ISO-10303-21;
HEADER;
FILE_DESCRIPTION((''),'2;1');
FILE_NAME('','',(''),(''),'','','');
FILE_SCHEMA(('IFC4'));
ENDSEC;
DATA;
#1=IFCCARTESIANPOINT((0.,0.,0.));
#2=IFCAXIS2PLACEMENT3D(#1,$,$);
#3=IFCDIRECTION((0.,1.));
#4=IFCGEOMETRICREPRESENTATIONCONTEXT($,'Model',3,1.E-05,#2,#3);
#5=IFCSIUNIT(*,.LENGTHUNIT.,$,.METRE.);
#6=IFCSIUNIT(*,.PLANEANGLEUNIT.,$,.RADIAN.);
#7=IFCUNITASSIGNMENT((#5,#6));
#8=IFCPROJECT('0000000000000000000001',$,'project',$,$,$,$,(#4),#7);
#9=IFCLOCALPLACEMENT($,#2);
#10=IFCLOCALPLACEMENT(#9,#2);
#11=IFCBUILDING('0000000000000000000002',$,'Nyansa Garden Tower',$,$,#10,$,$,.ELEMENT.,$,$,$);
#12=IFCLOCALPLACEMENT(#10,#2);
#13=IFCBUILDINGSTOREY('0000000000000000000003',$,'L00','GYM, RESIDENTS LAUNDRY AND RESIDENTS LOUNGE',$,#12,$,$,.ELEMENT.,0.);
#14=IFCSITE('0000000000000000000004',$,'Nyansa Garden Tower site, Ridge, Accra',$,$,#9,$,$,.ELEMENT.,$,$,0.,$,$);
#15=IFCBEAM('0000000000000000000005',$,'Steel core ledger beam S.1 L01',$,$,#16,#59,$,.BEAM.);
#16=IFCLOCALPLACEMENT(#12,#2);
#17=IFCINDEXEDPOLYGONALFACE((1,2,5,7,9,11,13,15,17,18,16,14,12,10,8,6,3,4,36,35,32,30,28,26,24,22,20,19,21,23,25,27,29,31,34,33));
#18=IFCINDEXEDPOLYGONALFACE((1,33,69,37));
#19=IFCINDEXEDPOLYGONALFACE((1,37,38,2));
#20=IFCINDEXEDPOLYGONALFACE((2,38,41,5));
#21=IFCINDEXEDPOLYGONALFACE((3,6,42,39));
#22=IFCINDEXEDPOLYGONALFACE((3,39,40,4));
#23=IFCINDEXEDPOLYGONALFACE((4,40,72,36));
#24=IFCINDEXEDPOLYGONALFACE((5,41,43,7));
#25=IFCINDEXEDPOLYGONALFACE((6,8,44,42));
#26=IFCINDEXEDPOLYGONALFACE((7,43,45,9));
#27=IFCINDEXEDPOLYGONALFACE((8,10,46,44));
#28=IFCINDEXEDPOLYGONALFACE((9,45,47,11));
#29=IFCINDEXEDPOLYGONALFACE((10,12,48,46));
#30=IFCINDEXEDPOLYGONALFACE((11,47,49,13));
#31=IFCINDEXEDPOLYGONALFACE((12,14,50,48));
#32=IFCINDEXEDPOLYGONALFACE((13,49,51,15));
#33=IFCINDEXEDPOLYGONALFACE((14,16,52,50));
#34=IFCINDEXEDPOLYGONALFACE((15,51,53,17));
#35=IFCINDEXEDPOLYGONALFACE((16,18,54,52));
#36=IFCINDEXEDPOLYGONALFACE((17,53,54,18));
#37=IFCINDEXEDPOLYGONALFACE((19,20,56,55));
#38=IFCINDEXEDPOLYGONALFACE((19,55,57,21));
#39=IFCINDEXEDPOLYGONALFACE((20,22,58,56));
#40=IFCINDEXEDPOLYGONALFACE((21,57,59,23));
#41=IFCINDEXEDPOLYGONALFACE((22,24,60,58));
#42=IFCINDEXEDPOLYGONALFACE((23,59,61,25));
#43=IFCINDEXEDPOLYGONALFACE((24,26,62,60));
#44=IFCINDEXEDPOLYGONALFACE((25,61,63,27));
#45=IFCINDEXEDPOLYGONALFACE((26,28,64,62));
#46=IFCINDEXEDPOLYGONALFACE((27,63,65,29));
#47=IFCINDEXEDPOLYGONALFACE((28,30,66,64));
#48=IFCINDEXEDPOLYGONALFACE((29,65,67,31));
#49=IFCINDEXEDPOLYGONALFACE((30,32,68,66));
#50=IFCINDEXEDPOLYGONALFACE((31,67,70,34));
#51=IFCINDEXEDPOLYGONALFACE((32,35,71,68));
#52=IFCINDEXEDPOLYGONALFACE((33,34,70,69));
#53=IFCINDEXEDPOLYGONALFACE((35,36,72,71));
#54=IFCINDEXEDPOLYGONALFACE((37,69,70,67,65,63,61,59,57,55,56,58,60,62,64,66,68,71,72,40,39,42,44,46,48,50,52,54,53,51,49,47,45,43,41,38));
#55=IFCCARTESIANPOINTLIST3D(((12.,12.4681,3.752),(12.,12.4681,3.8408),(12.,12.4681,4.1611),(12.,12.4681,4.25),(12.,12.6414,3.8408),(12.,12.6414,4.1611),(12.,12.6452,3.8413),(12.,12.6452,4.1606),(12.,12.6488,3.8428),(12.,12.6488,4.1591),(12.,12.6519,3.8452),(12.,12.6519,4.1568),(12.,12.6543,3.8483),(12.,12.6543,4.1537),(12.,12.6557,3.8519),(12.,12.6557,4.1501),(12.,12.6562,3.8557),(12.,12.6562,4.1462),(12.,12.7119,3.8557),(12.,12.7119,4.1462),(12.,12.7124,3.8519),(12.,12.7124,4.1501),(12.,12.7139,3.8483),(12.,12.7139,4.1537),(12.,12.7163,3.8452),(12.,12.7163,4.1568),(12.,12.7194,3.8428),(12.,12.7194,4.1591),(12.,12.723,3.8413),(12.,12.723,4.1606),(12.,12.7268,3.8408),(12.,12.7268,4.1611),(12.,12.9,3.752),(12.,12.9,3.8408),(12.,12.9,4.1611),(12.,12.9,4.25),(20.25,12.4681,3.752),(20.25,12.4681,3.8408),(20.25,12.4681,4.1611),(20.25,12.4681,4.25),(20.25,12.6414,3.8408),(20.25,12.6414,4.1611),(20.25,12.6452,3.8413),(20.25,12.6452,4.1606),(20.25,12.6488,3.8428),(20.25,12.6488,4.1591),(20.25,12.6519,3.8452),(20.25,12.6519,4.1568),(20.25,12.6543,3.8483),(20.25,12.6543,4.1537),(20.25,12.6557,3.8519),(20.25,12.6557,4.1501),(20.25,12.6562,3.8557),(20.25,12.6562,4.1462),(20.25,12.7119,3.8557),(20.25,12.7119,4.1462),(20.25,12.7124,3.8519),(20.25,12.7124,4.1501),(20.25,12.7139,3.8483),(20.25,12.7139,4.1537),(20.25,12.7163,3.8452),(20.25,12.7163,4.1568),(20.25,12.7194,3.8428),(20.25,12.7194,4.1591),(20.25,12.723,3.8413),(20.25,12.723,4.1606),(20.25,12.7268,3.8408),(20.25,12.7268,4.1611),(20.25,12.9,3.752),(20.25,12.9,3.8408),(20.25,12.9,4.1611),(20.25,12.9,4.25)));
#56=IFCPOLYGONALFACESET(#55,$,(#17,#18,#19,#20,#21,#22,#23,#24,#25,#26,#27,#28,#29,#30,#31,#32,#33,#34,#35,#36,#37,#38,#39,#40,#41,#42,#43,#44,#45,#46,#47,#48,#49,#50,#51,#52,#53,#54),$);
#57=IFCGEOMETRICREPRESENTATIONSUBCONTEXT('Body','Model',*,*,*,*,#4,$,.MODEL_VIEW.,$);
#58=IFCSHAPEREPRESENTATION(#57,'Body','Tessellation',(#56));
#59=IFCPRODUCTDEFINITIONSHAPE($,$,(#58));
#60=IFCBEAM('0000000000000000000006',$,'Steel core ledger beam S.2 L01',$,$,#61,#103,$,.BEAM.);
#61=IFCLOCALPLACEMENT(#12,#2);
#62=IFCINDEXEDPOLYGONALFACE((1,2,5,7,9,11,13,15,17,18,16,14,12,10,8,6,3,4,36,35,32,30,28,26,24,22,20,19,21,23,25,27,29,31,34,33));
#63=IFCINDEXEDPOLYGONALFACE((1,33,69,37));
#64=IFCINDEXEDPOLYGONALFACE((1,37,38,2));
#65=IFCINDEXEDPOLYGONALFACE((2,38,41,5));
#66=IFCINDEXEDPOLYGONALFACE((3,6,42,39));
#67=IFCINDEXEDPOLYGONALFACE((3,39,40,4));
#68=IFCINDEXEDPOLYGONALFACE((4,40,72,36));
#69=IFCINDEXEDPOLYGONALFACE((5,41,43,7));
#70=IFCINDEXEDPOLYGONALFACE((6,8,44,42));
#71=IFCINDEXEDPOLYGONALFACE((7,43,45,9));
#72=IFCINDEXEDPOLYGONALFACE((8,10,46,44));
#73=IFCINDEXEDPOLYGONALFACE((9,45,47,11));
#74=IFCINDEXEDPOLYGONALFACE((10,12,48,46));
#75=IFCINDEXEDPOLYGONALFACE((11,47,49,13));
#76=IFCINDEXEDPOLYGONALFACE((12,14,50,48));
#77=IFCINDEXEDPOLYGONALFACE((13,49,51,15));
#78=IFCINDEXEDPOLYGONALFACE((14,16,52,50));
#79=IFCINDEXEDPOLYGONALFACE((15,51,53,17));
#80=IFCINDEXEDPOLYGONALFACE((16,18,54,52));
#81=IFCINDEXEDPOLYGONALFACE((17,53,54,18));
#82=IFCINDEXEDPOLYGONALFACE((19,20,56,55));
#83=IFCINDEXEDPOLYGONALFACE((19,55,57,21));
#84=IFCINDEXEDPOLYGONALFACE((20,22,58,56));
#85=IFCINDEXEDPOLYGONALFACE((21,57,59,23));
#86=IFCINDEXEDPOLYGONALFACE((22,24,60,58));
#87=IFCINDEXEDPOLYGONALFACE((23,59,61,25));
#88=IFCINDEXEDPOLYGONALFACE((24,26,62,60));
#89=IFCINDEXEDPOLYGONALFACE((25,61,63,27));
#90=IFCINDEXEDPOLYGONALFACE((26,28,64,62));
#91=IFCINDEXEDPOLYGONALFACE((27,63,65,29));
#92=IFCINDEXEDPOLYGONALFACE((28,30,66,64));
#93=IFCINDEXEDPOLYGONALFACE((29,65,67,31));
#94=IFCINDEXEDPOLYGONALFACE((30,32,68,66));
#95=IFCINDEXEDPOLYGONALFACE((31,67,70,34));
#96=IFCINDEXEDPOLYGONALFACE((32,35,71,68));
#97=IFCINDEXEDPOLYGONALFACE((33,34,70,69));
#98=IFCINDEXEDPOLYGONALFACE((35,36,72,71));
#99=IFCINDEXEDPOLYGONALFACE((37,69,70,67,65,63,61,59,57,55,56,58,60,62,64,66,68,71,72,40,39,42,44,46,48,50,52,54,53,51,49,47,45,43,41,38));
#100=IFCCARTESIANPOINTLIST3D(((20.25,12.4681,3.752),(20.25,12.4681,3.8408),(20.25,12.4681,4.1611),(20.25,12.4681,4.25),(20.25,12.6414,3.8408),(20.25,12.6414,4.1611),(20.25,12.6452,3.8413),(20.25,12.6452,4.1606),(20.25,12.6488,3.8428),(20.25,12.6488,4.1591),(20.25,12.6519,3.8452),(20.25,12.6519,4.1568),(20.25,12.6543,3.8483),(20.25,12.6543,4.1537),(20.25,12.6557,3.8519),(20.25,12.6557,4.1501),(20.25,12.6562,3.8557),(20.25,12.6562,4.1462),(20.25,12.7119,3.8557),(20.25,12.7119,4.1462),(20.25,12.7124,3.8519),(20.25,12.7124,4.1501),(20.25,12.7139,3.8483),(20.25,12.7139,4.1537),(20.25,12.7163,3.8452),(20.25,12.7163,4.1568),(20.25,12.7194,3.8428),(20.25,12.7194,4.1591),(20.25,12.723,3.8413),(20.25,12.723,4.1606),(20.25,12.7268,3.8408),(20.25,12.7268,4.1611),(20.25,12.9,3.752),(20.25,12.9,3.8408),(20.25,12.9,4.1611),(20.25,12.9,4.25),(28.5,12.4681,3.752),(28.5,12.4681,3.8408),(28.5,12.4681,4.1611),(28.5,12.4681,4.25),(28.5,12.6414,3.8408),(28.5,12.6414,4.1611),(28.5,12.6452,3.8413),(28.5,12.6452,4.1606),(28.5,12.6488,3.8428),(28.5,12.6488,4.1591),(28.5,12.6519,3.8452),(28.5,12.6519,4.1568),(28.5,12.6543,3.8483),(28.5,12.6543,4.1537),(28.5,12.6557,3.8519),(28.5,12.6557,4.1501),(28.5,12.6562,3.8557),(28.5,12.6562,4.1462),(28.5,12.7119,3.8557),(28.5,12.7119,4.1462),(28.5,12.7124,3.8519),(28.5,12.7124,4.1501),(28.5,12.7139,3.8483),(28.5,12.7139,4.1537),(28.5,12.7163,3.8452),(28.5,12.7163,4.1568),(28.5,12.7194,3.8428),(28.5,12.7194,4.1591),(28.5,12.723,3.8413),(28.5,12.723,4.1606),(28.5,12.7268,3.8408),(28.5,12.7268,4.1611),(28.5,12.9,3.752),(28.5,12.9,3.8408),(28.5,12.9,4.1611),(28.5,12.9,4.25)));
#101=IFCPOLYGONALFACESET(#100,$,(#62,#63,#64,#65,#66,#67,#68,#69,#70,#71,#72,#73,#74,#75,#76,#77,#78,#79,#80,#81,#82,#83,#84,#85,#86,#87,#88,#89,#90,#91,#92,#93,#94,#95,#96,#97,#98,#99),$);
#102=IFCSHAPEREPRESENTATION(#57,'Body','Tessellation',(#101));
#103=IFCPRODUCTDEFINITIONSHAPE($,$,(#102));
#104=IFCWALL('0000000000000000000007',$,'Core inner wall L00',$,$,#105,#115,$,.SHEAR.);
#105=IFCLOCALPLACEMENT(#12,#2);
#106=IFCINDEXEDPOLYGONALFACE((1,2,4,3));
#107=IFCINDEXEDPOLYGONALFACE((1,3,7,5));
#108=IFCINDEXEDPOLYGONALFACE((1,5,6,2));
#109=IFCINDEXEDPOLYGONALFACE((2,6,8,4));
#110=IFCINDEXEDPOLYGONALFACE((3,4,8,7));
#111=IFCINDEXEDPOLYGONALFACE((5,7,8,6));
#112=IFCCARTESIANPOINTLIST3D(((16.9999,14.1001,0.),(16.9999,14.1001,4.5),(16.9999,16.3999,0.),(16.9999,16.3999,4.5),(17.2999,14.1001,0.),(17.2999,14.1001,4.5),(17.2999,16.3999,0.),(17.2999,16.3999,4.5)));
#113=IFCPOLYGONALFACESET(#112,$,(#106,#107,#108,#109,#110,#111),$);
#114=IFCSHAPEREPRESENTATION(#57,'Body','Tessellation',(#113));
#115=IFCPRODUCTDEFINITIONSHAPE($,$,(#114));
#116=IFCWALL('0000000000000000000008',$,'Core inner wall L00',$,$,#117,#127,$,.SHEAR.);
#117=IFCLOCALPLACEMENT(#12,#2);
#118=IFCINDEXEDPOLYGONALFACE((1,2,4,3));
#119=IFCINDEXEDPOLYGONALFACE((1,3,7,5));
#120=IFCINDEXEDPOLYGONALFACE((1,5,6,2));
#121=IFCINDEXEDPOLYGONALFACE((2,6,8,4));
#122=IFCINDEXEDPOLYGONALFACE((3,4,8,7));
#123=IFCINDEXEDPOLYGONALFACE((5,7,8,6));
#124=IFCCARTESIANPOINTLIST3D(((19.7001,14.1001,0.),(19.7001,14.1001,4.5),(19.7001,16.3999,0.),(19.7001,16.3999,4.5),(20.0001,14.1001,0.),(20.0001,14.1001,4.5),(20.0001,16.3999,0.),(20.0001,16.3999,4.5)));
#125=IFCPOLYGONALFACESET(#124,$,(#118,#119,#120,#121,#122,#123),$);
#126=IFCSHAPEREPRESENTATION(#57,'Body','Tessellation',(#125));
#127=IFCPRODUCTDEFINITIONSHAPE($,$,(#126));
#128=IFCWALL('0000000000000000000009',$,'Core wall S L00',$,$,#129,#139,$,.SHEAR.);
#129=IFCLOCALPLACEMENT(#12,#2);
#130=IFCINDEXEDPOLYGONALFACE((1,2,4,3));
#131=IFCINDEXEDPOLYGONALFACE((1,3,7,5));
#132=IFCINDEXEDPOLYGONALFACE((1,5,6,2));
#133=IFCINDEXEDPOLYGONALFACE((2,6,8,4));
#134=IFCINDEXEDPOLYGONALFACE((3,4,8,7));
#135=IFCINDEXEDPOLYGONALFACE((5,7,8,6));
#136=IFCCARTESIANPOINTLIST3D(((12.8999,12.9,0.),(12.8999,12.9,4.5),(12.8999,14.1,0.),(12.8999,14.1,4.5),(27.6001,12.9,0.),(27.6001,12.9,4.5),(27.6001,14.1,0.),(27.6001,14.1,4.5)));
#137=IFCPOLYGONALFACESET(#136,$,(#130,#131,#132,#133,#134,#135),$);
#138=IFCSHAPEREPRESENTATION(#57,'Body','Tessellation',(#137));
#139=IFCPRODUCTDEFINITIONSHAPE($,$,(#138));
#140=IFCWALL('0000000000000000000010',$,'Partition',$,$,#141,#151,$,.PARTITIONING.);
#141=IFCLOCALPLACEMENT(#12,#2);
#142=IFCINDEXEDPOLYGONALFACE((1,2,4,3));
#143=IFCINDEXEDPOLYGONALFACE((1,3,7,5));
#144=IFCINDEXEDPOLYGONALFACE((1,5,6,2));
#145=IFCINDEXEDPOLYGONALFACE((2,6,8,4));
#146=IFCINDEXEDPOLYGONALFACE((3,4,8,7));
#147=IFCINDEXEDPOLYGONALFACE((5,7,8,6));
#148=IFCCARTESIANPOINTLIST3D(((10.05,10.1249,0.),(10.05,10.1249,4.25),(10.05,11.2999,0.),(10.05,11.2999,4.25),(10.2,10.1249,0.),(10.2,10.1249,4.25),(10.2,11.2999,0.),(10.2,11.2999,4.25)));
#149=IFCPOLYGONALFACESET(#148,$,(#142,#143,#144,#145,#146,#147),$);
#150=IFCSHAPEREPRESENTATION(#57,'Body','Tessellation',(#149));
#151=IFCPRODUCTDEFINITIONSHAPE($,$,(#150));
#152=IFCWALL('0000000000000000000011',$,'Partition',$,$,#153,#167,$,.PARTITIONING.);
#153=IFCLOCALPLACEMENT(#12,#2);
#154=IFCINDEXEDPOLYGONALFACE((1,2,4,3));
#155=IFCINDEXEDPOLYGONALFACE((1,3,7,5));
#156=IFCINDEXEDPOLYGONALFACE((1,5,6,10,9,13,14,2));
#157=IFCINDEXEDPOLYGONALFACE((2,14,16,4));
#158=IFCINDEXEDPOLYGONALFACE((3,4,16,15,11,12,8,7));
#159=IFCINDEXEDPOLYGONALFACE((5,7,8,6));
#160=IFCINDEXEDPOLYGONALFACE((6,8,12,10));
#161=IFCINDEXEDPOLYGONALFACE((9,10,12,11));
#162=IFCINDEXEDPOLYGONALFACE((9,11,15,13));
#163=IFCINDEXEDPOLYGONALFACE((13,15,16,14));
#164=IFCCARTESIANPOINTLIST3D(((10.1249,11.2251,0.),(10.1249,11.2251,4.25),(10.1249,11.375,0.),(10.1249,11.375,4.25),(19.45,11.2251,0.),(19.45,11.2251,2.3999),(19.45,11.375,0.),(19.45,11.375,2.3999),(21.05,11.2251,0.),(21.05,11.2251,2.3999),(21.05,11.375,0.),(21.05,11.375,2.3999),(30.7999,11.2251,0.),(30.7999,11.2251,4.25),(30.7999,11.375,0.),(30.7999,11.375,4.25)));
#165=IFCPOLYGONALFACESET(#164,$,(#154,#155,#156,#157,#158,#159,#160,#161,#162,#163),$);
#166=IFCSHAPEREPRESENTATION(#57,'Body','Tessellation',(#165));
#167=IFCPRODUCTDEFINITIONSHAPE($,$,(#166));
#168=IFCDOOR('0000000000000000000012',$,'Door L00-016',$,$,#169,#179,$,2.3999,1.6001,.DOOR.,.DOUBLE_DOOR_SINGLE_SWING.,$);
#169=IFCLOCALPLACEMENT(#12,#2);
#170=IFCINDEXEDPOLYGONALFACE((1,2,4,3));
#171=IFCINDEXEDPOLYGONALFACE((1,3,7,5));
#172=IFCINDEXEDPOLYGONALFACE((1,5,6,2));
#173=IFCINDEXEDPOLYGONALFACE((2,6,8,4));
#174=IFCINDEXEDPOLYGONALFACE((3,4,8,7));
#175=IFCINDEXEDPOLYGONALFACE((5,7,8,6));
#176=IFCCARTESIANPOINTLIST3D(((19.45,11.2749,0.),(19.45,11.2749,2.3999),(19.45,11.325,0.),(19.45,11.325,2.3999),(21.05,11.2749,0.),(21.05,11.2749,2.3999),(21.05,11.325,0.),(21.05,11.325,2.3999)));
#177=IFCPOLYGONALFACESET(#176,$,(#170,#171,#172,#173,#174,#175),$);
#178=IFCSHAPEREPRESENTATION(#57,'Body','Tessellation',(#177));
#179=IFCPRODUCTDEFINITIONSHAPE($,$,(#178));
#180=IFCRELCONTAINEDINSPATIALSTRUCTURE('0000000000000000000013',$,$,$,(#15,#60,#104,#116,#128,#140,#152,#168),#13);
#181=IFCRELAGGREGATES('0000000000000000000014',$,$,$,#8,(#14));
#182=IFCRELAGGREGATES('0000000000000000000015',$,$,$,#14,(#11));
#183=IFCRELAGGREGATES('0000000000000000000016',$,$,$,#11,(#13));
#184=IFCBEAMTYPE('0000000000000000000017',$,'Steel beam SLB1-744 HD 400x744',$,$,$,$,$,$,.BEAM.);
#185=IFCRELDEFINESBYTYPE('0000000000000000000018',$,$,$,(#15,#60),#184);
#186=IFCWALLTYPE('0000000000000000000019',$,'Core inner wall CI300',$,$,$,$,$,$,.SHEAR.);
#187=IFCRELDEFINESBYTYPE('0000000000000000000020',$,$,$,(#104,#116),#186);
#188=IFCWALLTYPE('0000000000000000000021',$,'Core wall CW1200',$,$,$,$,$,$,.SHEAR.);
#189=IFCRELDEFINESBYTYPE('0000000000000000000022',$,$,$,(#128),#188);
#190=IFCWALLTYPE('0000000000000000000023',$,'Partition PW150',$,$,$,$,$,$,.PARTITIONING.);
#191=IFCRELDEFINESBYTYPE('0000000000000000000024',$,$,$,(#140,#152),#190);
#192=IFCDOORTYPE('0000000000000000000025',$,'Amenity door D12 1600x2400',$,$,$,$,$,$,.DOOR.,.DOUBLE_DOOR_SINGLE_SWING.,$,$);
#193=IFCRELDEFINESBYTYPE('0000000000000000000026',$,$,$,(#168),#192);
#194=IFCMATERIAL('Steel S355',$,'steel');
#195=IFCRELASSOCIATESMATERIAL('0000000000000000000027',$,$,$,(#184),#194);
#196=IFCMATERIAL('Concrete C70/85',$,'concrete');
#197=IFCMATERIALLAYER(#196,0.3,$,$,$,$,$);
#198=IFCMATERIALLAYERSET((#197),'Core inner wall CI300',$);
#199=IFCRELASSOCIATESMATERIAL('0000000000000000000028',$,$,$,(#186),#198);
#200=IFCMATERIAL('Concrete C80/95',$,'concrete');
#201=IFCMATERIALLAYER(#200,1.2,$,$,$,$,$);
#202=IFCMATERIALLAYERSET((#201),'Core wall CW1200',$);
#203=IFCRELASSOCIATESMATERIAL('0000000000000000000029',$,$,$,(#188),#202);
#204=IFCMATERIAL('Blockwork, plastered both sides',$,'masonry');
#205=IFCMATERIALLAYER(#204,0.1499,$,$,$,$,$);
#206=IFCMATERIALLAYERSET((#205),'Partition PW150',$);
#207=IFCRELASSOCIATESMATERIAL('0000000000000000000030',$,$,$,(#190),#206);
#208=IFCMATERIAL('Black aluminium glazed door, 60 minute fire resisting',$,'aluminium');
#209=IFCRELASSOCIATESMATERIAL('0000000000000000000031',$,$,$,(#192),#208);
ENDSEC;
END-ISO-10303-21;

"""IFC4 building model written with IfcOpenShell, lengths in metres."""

from ifc_helpers import new_model, si_unit, direction, frame, frame_2d, origin, origin_2d, place, context, subcontext, project, spatial, rectangle, i_section, extrude, material, layer, layer_set, material_profile, profile_set, type_object, element, fill, save


model = new_model("IFC4")

# Units and contexts
model_context = context("Model", 3, precision=1e-05, world=origin(), true_north=direction((0.0, 1.0)))
body_context = subcontext(model_context, "Body", "Model", "MODEL_VIEW")
ifc_project = project(units=[si_unit("LENGTHUNIT", "METRE"), si_unit("PLANEANGLEUNIT", "RADIAN")], contexts=[model_context])

# Site, building, storey
site_placement = place(None, origin())
site = spatial("IfcSite", under=ifc_project, at=site_placement, Name="Nyansa Garden Tower site, Ridge, Accra", CompositionType="ELEMENT", RefElevation=0.0)
building_placement = place(site_placement, origin())
building = spatial("IfcBuilding", under=site, at=building_placement, Name="Nyansa Garden Tower", CompositionType="ELEMENT")
storey_placement = place(building_placement, origin())
storey = spatial("IfcBuildingStorey", under=building, at=storey_placement, Name="L00", Description="GYM, RESIDENTS LAUNDRY AND RESIDENTS LOUNGE", CompositionType="ELEMENT", Elevation=0.0)

# Beams
ifc_material_1 = material(Name="Steel S355", Category="steel")
ifc_material_profile_1 = material_profile(ifc_material_1, i_section(OverallWidth=0.4319, OverallDepth=0.498, WebThickness=0.0557, FlangeThickness=0.0889, FilletRadius=0.0149, at=origin_2d()), Name="HD 400x744")
ifc_profile_set_1 = profile_set([ifc_material_profile_1], Name="Steel S355")
beam_type_1 = type_object("IfcBeamType", Name="Steel beam SLB1-744 HD 400x744", PredefinedType="BEAM", material=ifc_profile_set_1)
for number, where, z_axis, x_axis, name in (
    (1, (12.0, 12.6841, 4.001), (1.0, 0.0, 0.0), (0.0, 1.0, 0.0), "Steel core ledger beam S.1 L01"),
    (2, (20.25, 12.6841, 4.001), (1.0, 0.0, 0.0), (0.0, 1.0, 0.0), "Steel core ledger beam S.2 L01"),
):
    element("IfcBeam", number, at=place(storey_placement, frame(where, z_axis=z_axis, x_axis=x_axis)), inside=storey, type_object=beam_type_1, Name=name, PredefinedType="BEAM", context=body_context, shape_type="SweptSolid", body=[
        extrude(i_section(OverallWidth=0.4319, OverallDepth=0.498, WebThickness=0.0557, FlangeThickness=0.0889, FilletRadius=0.0149, at=origin_2d()), origin(), (0.0, 0.0, 1.0), 8.25),
    ])

# Walls
ifc_material_2 = material(Name="Concrete C70/85", Category="concrete")
ifc_layer_1 = layer(ifc_material_2, 0.3)
ifc_layer_set_1 = layer_set([ifc_layer_1], Name="Core inner wall CI300")
wall_type_1 = type_object("IfcWallType", Name="Core inner wall CI300", PredefinedType="SHEAR", material=ifc_layer_set_1)
for number, where, z_axis, x_axis, name in (
    (3, (17.1499, 14.1001, 0.0), (0.0, 0.0, 1.0), (0.0, 1.0, 0.0), "Core inner wall L00"),
    (4, (19.8501, 14.1001, 0.0), (0.0, 0.0, 1.0), (0.0, 1.0, 0.0), "Core inner wall L00"),
):
    element("IfcWall", number, at=place(storey_placement, frame(where, z_axis=z_axis, x_axis=x_axis)), inside=storey, type_object=wall_type_1, Name=name, PredefinedType="SHEAR", context=body_context, shape_type="SweptSolid", body=[
        extrude(rectangle(XDim=2.2998, YDim=0.3, at=frame_2d((1.1499, 0.0))), origin(), (0.0, 0.0, 1.0), 4.5),
    ])
ifc_material_3 = material(Name="Concrete C80/95", Category="concrete")
ifc_layer_2 = layer(ifc_material_3, 1.2)
ifc_layer_set_2 = layer_set([ifc_layer_2], Name="Core wall CW1200")
wall_type_2 = type_object("IfcWallType", Name="Core wall CW1200", PredefinedType="SHEAR", material=ifc_layer_set_2)
wall_1_placement = place(storey_placement, frame((12.8999, 13.5, 0.0), z_axis=(0.0, 0.0, 1.0), x_axis=(1.0, 0.0, 0.0)))
element("IfcWall", 5, at=wall_1_placement, inside=storey, type_object=wall_type_2, Name="Core wall S L00", PredefinedType="SHEAR", context=body_context, shape_type="SweptSolid", body=[
    extrude(rectangle(XDim=14.7002, YDim=1.2, at=frame_2d((7.3501, 0.0))), origin(), (0.0, 0.0, 1.0), 4.5),
])
ifc_material_4 = material(Name="Blockwork, plastered both sides", Category="masonry")
ifc_layer_3 = layer(ifc_material_4, 0.1499)
ifc_layer_set_3 = layer_set([ifc_layer_3], Name="Partition PW150")
wall_type_3 = type_object("IfcWallType", Name="Partition PW150", PredefinedType="PARTITIONING", material=ifc_layer_set_3)
wall_2_placement = place(storey_placement, frame((10.125, 10.125, 0.0), z_axis=(0.0, 0.0, 1.0), x_axis=(0.0, 1.0, 0.0)))
element("IfcWall", 6, at=wall_2_placement, inside=storey, type_object=wall_type_3, Name="Partition", PredefinedType="PARTITIONING", context=body_context, shape_type="SweptSolid", body=[
    extrude(rectangle(XDim=1.175, YDim=0.1499, at=frame_2d((0.5874, 0.0))), origin(), (0.0, 0.0, 1.0), 4.25),
])

# Wall, opening, door
wall_3_placement = place(storey_placement, frame((10.125, 11.3, 0.0), z_axis=(0.0, 0.0, 1.0), x_axis=(1.0, 0.0, 0.0)))
wall_3 = element("IfcWall", 7, at=wall_3_placement, inside=storey, type_object=wall_type_3, Name="Partition", PredefinedType="PARTITIONING", context=body_context, shape_type="SweptSolid", body=[
    extrude(rectangle(XDim=20.675, YDim=0.1499, at=frame_2d((10.3374, 0.0))), origin(), (0.0, 0.0, 1.0), 4.25),
])
opening_1_placement = place(wall_3_placement, frame((9.325, 0.0, 0.0)))
opening_1 = element("IfcOpeningElement", 8, at=opening_1_placement, cuts=wall_3, PredefinedType="OPENING", context=body_context, shape_type="SweptSolid", body=[
    extrude(rectangle(XDim=1.6001, YDim=2.3999, at=frame_2d((0.8, 1.2))), frame((0.0, 0.085, 0.0), z_axis=(0.0, -1.0, 0.0), x_axis=(1.0, 0.0, 0.0)), (0.0, 0.0, 1.0), 0.1699),
])
ifc_material_5 = material(Name="Black aluminium glazed door, 60 minute fire resisting", Category="aluminium")
door_type_1 = type_object("IfcDoorType", Name="Amenity door D12 1600x2400", OperationType="DOUBLE_DOOR_SINGLE_SWING", PredefinedType="DOOR", material=ifc_material_5)
door_1_placement = place(opening_1_placement, origin())
door_1 = element("IfcDoor", 9, at=door_1_placement, inside=storey, type_object=door_type_1, Name="Door L00-016", OperationType="DOUBLE_DOOR_SINGLE_SWING", OverallHeight=2.3999, OverallWidth=1.6001, PredefinedType="DOOR", context=body_context, shape_type="SweptSolid", body=[
    extrude(rectangle(XDim=1.6001, YDim=2.3999, at=frame_2d((0.8, 1.2))), frame((0.0, 0.0249, 0.0), z_axis=(0.0, -1.0, 0.0), x_axis=(1.0, 0.0, 0.0)), (0.0, 0.0, 1.0), 0.05),
])
fill(opening_1, door_1)

save(model, "model.ifc")
